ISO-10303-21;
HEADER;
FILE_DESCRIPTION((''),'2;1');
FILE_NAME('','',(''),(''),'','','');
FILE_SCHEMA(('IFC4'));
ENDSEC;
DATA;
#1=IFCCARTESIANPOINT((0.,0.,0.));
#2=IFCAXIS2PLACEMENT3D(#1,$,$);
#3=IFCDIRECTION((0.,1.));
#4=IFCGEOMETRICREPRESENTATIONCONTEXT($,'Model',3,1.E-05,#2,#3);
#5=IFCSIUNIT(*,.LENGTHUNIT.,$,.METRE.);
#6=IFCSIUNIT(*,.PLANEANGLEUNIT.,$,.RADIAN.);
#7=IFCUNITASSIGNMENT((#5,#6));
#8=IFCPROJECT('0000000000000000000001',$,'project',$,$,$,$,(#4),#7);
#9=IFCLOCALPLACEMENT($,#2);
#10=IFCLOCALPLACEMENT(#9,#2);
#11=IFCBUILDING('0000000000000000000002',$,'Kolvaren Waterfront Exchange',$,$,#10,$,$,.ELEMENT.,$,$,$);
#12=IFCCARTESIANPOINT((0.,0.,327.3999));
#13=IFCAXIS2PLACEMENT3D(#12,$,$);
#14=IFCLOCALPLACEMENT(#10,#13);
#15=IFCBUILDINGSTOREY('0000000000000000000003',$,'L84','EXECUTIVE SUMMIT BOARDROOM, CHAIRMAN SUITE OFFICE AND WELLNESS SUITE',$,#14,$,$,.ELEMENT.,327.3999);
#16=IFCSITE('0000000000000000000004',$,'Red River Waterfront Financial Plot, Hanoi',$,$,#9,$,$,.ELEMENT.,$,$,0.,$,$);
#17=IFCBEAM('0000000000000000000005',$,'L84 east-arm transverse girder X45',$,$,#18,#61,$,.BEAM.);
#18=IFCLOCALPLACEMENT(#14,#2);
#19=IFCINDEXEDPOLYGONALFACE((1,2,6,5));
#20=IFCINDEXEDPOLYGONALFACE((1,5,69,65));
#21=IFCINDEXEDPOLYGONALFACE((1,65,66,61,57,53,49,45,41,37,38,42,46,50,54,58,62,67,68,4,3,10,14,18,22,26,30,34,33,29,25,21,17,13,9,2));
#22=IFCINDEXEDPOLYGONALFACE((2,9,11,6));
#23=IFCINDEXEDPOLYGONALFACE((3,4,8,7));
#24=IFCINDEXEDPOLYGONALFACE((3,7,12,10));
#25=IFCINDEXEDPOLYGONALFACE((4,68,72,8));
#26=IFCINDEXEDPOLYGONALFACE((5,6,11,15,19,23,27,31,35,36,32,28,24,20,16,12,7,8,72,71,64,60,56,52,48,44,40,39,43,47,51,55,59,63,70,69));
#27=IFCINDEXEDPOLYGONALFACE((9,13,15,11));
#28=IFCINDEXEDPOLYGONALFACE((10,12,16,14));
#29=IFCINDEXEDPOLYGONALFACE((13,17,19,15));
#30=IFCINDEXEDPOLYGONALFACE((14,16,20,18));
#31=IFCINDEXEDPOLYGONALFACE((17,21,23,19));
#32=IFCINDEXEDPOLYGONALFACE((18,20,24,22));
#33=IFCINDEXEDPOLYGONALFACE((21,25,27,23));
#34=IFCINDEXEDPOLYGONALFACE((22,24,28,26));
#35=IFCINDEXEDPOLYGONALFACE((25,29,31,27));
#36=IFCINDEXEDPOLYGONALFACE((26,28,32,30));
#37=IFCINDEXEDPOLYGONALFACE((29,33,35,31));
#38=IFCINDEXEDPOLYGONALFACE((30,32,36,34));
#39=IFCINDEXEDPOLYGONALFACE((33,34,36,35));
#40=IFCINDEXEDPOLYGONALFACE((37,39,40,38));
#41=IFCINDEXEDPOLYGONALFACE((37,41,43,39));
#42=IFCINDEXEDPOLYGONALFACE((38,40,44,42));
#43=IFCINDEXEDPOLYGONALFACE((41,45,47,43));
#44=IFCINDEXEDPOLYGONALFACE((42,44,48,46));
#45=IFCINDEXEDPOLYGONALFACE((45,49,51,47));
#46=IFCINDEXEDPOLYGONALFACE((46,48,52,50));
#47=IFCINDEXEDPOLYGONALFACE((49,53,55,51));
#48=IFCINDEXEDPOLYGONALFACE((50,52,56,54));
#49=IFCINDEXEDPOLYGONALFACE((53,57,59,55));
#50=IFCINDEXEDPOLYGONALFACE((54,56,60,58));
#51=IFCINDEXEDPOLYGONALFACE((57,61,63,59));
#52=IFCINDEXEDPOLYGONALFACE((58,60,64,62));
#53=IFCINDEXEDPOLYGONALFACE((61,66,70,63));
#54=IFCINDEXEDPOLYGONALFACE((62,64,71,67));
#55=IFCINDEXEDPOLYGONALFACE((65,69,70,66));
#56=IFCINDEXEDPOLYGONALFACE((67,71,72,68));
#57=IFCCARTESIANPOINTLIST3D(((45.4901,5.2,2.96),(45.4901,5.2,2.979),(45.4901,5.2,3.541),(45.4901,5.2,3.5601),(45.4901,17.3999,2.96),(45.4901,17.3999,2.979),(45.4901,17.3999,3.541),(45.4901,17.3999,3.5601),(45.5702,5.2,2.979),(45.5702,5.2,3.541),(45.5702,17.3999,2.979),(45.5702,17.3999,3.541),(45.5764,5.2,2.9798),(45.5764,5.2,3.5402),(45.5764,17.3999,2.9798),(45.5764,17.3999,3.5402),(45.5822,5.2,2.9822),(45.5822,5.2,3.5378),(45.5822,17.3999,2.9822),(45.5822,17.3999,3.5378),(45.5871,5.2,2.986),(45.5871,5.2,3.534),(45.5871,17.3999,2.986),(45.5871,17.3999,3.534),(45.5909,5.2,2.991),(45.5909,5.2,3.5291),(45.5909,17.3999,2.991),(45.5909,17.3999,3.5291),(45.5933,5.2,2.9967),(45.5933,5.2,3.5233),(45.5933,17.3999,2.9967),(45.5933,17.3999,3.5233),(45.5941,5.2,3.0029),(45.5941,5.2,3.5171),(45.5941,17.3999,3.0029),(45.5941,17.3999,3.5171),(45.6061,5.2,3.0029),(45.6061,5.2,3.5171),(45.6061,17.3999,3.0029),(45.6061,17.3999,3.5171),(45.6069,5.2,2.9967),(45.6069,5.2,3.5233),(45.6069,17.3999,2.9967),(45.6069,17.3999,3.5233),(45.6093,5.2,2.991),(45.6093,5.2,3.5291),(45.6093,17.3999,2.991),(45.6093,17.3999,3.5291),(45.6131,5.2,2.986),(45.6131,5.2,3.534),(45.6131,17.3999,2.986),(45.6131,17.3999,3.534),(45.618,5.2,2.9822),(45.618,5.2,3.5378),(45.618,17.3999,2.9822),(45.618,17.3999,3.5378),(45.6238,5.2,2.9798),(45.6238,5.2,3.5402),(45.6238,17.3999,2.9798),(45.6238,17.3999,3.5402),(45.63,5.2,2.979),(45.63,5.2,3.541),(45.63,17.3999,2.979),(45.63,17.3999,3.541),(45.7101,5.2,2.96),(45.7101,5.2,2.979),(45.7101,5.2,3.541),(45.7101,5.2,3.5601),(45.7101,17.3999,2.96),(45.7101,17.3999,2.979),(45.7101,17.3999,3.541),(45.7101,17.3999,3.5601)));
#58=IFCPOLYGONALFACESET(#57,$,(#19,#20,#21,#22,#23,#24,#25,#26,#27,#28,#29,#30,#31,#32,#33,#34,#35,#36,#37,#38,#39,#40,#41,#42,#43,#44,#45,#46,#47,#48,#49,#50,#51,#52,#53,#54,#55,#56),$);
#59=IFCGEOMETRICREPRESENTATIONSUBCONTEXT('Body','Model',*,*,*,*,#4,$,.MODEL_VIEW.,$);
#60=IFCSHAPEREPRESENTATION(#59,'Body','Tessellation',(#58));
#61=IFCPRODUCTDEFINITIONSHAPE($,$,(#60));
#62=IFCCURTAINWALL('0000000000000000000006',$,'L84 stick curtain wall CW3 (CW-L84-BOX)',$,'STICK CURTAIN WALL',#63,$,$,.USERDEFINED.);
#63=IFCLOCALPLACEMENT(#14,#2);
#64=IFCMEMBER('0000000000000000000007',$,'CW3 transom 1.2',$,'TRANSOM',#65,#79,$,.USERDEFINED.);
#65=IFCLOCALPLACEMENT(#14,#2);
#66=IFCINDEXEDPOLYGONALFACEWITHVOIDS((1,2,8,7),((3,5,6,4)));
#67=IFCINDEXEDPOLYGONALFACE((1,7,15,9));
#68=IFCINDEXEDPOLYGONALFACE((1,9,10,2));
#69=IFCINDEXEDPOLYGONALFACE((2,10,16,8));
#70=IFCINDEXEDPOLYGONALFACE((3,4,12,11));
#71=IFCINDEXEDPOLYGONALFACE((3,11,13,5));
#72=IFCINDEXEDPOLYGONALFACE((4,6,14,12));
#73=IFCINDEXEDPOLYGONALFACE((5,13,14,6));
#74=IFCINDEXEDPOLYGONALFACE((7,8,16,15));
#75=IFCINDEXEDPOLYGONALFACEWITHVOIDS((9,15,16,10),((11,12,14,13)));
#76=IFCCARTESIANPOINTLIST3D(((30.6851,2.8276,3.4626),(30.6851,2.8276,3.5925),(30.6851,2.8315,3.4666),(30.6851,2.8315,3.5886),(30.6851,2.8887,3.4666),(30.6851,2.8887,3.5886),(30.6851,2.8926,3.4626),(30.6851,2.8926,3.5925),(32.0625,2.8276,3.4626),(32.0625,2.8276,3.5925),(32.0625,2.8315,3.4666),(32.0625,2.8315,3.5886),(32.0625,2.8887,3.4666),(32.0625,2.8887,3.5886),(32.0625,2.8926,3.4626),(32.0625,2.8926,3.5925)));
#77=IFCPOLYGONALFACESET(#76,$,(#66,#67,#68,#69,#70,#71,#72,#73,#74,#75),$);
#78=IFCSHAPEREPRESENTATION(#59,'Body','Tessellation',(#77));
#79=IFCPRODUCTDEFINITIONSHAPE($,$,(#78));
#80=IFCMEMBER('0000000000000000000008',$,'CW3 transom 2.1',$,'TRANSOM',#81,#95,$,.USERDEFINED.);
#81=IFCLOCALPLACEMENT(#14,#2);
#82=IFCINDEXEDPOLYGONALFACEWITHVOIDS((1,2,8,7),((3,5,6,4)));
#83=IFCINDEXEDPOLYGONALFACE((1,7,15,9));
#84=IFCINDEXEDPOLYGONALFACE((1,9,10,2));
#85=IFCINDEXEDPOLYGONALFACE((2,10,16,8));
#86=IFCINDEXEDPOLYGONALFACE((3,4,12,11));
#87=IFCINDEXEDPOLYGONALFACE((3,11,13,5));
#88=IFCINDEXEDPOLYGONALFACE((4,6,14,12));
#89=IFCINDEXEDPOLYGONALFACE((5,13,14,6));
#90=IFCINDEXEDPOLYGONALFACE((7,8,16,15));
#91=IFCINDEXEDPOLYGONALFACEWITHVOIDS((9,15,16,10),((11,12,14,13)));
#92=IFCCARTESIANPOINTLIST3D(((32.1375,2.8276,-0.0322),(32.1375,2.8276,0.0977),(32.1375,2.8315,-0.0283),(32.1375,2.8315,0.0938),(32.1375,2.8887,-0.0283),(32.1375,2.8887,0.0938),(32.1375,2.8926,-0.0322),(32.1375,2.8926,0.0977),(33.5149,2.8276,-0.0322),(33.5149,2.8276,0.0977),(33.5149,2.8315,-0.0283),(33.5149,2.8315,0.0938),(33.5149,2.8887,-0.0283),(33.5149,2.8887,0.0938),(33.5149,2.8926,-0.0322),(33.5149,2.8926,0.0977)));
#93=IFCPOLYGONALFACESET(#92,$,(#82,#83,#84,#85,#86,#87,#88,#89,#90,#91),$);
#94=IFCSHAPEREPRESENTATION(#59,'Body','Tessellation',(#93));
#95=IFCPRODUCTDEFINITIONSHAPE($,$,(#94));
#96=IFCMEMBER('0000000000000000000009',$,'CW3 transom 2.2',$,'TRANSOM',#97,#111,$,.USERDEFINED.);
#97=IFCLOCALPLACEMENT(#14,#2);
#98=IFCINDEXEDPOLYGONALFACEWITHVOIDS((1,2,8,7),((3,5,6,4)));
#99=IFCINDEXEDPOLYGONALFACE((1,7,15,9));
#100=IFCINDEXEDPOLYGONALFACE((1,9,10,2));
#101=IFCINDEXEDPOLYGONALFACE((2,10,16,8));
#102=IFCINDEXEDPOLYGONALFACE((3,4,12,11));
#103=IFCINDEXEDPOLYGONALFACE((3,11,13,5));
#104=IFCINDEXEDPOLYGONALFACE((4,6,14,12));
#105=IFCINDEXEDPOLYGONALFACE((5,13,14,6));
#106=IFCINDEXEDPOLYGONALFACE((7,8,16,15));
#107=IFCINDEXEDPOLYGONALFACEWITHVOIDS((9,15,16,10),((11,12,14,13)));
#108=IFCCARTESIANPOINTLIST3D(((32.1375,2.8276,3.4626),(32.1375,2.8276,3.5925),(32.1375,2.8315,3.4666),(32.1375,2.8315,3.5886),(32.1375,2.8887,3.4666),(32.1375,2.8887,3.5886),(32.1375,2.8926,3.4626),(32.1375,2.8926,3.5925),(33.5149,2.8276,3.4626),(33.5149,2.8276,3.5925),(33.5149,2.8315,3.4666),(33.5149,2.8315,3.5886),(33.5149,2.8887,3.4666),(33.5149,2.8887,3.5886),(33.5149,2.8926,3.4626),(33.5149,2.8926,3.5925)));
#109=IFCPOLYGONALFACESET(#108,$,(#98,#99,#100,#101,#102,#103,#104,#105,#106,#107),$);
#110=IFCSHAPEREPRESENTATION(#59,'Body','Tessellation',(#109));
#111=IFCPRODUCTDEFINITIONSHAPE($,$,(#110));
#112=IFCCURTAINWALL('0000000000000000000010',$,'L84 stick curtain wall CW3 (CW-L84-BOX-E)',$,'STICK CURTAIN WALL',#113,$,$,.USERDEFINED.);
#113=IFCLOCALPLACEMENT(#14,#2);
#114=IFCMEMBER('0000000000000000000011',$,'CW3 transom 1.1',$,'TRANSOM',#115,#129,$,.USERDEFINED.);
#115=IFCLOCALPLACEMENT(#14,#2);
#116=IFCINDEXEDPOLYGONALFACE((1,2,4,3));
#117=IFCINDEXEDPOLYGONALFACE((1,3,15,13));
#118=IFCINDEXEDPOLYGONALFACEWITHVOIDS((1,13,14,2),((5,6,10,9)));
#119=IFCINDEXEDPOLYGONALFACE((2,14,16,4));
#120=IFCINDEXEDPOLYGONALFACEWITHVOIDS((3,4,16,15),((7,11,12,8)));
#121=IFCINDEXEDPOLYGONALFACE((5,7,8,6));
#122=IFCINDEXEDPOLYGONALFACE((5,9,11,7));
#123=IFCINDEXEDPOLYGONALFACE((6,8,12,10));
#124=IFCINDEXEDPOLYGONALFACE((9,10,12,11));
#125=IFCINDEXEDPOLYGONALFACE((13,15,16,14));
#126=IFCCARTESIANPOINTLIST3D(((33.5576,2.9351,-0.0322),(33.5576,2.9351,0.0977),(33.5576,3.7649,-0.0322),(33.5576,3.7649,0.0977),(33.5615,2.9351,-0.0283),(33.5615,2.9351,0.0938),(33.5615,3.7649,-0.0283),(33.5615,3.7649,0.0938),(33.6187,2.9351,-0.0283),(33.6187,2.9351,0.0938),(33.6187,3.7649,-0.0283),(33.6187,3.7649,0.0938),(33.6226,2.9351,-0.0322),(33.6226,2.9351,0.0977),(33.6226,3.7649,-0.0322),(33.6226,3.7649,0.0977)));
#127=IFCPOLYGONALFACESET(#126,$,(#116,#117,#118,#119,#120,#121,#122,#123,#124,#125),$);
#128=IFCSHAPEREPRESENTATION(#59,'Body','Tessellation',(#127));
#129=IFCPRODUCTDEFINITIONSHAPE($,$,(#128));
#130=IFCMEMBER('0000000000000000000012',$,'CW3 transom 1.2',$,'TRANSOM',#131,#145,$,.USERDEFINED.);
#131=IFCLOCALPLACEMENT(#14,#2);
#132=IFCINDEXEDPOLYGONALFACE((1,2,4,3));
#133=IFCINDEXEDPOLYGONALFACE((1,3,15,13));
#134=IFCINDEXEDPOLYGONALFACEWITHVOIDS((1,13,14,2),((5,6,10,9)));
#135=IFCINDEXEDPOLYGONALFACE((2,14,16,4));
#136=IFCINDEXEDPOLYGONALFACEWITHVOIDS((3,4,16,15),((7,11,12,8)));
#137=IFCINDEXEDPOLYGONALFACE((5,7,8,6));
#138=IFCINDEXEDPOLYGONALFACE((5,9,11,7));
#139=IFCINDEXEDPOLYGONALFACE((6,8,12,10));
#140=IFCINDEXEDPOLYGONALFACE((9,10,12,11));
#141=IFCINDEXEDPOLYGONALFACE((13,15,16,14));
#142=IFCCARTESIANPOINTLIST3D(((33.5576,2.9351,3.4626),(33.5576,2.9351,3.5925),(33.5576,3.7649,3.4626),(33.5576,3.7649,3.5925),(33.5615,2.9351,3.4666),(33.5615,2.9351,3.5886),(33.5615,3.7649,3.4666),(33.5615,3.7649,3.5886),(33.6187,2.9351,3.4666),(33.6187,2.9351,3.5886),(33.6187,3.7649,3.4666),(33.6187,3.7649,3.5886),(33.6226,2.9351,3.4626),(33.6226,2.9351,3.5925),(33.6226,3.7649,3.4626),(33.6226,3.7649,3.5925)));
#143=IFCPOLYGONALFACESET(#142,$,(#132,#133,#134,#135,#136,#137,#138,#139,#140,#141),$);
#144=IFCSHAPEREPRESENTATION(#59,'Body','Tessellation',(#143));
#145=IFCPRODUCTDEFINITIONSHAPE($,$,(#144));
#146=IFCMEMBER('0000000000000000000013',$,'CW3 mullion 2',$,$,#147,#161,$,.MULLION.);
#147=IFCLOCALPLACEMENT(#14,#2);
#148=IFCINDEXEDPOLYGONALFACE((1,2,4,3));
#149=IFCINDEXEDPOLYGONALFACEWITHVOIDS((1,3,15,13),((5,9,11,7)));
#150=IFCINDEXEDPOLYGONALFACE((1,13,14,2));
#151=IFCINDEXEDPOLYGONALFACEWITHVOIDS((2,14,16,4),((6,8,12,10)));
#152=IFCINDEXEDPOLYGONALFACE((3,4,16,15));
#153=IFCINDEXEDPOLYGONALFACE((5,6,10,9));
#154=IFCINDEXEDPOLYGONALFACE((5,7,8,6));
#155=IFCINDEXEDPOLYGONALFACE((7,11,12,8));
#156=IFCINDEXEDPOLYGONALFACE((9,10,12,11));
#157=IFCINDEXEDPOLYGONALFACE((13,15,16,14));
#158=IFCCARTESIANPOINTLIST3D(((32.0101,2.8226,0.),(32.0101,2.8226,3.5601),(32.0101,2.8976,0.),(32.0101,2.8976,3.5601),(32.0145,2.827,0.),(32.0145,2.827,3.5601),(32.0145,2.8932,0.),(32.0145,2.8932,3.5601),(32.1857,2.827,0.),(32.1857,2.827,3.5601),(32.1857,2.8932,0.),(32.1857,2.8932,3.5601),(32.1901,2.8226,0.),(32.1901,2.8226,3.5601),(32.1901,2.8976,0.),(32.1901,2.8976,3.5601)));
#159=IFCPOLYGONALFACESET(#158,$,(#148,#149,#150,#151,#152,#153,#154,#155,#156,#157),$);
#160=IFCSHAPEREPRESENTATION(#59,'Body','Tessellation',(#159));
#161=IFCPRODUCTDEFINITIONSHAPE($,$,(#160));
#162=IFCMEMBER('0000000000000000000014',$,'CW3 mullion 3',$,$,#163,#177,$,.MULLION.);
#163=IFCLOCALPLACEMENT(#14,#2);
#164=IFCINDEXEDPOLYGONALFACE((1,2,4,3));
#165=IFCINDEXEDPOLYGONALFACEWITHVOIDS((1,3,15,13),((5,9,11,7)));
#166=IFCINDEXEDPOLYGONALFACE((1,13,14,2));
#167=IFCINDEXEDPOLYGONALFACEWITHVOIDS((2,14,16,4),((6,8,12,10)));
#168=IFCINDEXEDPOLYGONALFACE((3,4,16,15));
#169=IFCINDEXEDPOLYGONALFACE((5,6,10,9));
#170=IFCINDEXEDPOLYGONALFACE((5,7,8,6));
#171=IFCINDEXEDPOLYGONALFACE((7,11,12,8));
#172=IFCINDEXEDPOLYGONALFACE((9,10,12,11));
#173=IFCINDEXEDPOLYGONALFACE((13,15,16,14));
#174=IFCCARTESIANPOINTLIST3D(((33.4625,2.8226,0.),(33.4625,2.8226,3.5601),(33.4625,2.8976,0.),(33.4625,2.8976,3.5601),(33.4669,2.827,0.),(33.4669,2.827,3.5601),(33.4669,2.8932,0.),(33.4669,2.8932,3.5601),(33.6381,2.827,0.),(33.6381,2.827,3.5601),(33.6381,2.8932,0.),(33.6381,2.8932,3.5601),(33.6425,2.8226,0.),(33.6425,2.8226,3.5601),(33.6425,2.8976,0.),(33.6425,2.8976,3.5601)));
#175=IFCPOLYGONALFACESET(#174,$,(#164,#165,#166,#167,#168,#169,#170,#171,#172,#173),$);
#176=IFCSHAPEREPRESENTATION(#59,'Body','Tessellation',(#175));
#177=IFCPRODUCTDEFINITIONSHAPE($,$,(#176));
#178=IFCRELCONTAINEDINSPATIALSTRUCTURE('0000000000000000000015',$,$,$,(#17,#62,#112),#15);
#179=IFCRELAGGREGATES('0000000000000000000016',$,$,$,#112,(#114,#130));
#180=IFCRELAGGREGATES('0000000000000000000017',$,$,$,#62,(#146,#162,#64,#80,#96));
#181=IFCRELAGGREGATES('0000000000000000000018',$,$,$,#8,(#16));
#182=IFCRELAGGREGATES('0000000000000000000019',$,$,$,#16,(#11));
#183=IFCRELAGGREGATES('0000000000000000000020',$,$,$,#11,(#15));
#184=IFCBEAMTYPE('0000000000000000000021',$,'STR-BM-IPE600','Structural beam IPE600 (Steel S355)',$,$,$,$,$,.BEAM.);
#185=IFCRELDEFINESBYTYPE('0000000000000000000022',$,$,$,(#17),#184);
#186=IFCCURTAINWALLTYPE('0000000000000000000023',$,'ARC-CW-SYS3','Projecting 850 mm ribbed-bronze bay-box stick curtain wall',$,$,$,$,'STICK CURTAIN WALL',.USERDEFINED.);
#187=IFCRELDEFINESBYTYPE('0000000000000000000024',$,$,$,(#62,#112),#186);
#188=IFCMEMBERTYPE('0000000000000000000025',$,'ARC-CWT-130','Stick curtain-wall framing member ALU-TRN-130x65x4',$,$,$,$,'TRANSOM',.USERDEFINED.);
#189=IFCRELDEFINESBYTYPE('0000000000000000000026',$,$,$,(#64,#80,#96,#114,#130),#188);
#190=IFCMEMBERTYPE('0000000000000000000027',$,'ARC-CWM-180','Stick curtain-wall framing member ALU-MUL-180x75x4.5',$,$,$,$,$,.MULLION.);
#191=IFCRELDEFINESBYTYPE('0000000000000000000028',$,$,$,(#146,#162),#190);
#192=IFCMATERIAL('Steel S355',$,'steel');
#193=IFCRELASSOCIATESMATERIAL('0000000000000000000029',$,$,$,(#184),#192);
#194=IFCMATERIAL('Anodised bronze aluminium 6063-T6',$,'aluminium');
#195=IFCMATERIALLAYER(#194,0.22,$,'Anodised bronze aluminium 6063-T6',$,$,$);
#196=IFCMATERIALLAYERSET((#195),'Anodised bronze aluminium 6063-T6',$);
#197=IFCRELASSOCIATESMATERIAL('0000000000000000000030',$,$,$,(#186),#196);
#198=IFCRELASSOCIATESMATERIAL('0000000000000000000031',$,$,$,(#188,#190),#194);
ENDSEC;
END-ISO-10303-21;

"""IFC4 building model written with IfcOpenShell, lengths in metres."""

from ifc_helpers import new_model, si_unit, direction, frame, origin, origin_with_axes, origin_2d, place, context, subcontext, project, spatial, hollow_rectangle, i_section, extrude, source, transform, mapped, material, layer, layer_set, material_profile, profile_set, type_object, element, aggregate, save


model = new_model("IFC4")

# Units and contexts
model_context = context("Model", 3, precision=1e-05, world=origin(), true_north=direction((0.0, 1.0)))
body_context = subcontext(model_context, "Body", "Model", "MODEL_VIEW")
ifc_project = project(units=[si_unit("LENGTHUNIT", "METRE"), si_unit("PLANEANGLEUNIT", "RADIAN")], contexts=[model_context])

# Site, building, storey
site_placement = place(None, origin())
site = spatial("IfcSite", under=ifc_project, at=site_placement, Name="Red River Waterfront Financial Plot, Hanoi", CompositionType="ELEMENT", RefElevation=0.0)
building_placement = place(site_placement, origin())
building = spatial("IfcBuilding", under=site, at=building_placement, Name="Kolvaren Waterfront Exchange", CompositionType="ELEMENT")
storey_placement = place(building_placement, frame((0.0, 0.0, 327.3999)))
storey = spatial("IfcBuildingStorey", under=building, at=storey_placement, Name="L84", Description="EXECUTIVE SUMMIT BOARDROOM, CHAIRMAN SUITE OFFICE AND WELLNESS SUITE", CompositionType="ELEMENT", Elevation=327.3999)

# Beam
ifc_material_1 = material(Name="Steel S355", Category="steel")
ifc_material_profile_1 = material_profile(ifc_material_1, i_section(OverallWidth=0.22, OverallDepth=0.6001, WebThickness=0.012, FlangeThickness=0.019, FilletRadius=0.0239, at=origin_2d()), Name="IPE600")
ifc_profile_set_1 = profile_set([ifc_material_profile_1], Name="Steel S355")
beam_type_1 = type_object("IfcBeamType", Name="STR-BM-IPE600", Description="Structural beam IPE600 (Steel S355)", PredefinedType="BEAM", material=ifc_profile_set_1)
for number, where, z_axis, x_axis, name in (
    (1, (45.6001, 5.2, 3.26), (0.0, 1.0, 0.0), (-1.0, 0.0, 0.0), "L84 east-arm transverse girder X45"),
):
    element("IfcBeam", number, at=place(storey_placement, frame(where, z_axis=z_axis, x_axis=x_axis)), inside=storey, type_object=beam_type_1, Name=name, PredefinedType="BEAM", context=body_context, shape_type="SweptSolid", body=[
        extrude(i_section(OverallWidth=0.22, OverallDepth=0.6001, WebThickness=0.012, FlangeThickness=0.019, FilletRadius=0.0239, at=origin_2d()), origin(), (0.0, 0.0, 1.0), 12.2),
    ])

# Curtain walls, members
ifc_material_2 = material(Name="Anodised bronze aluminium 6063-T6", Category="aluminium")
ifc_layer_1 = layer(ifc_material_2, 0.22, Name="Anodised bronze aluminium 6063-T6")
ifc_layer_set_1 = layer_set([ifc_layer_1], Name="Anodised bronze aluminium 6063-T6")
curtain_wall_type_1 = type_object("IfcCurtainWallType", Name="ARC-CW-SYS3", Description="Projecting 850 mm ribbed-bronze bay-box stick curtain wall", ElementType="STICK CURTAIN WALL", PredefinedType="USERDEFINED", material=ifc_layer_set_1)
curtain_wall_1_placement = place(storey_placement, origin())
curtain_wall_1 = element("IfcCurtainWall", 2, at=curtain_wall_1_placement, inside=storey, type_object=curtain_wall_type_1, Name="L84 stick curtain wall CW3 (CW-L84-BOX)", ObjectType="STICK CURTAIN WALL", PredefinedType="USERDEFINED")
ifc_material_profile_2 = material_profile(ifc_material_2, hollow_rectangle(XDim=0.0649, YDim=0.1299, WallThickness=0.0039, at=origin_2d()), Name="ALU-TRN-130x65x4")
ifc_profile_set_2 = profile_set([ifc_material_profile_2], Name="Anodised bronze aluminium 6063-T6")
member_type_1 = type_object("IfcMemberType", Name="ARC-CWT-130", Description="Stick curtain-wall framing member ALU-TRN-130x65x4", ElementType="TRANSOM", PredefinedType="USERDEFINED", material=ifc_profile_set_2)
shared_shape_1 = source(origin_with_axes(), body_context, "Body", "SweptSolid", [
    extrude(hollow_rectangle(XDim=0.0649, YDim=0.1299, WallThickness=0.0039, at=origin_2d()), origin(), (0.0, 0.0, 1.0), 1.3774),
])
member_1_placement = place(storey_placement, frame((30.6851, 2.8601, 3.5276), z_axis=(1.0, 0.0, 0.0), x_axis=(0.0, 1.0, 0.0)))
member_1 = element("IfcMember", 3, at=member_1_placement, type_object=member_type_1, Name="CW3 transom 1.2", ObjectType="TRANSOM", PredefinedType="USERDEFINED", context=body_context, shape_type="MappedRepresentation", body=[
    mapped(shared_shape_1, transform((0.0, 0.0, 0.0), x_axis=(1.0, 0.0, 0.0), y_axis=(0.0, 1.0, 0.0), z_axis=(0.0, 0.0, 1.0), scale=1.0)),
])
member_2_placement = place(storey_placement, frame((32.1375, 2.8601, 0.0327), z_axis=(1.0, 0.0, 0.0), x_axis=(0.0, 1.0, 0.0)))
member_2 = element("IfcMember", 4, at=member_2_placement, type_object=member_type_1, Name="CW3 transom 2.1", ObjectType="TRANSOM", PredefinedType="USERDEFINED", context=body_context, shape_type="MappedRepresentation", body=[
    mapped(shared_shape_1, transform((0.0, 0.0, 0.0), x_axis=(1.0, 0.0, 0.0), y_axis=(0.0, 1.0, 0.0), z_axis=(0.0, 0.0, 1.0), scale=1.0)),
])
member_3_placement = place(storey_placement, frame((32.1375, 2.8601, 3.5276), z_axis=(1.0, 0.0, 0.0), x_axis=(0.0, 1.0, 0.0)))
member_3 = element("IfcMember", 5, at=member_3_placement, type_object=member_type_1, Name="CW3 transom 2.2", ObjectType="TRANSOM", PredefinedType="USERDEFINED", context=body_context, shape_type="MappedRepresentation", body=[
    mapped(shared_shape_1, transform((0.0, 0.0, 0.0), x_axis=(1.0, 0.0, 0.0), y_axis=(0.0, 1.0, 0.0), z_axis=(0.0, 0.0, 1.0), scale=1.0)),
])
curtain_wall_2_placement = place(storey_placement, origin())
curtain_wall_2 = element("IfcCurtainWall", 6, at=curtain_wall_2_placement, inside=storey, type_object=curtain_wall_type_1, Name="L84 stick curtain wall CW3 (CW-L84-BOX-E)", ObjectType="STICK CURTAIN WALL", PredefinedType="USERDEFINED")
shared_shape_2 = source(origin_with_axes(), body_context, "Body", "SweptSolid", [
    extrude(hollow_rectangle(XDim=0.0649, YDim=0.1299, WallThickness=0.0039, at=origin_2d()), origin(), (0.0, 0.0, 1.0), 0.8298),
])
member_4_placement = place(storey_placement, frame((33.5901, 2.9351, 0.0327), z_axis=(0.0, 1.0, 0.0), x_axis=(-1.0, 0.0, 0.0)))
member_4 = element("IfcMember", 7, at=member_4_placement, type_object=member_type_1, Name="CW3 transom 1.1", ObjectType="TRANSOM", PredefinedType="USERDEFINED", context=body_context, shape_type="MappedRepresentation", body=[
    mapped(shared_shape_2, transform((0.0, 0.0, 0.0), x_axis=(1.0, 0.0, 0.0), y_axis=(0.0, 1.0, 0.0), z_axis=(0.0, 0.0, 1.0), scale=1.0)),
])
member_5_placement = place(storey_placement, frame((33.5901, 2.9351, 3.5276), z_axis=(0.0, 1.0, 0.0), x_axis=(-1.0, 0.0, 0.0)))
member_5 = element("IfcMember", 8, at=member_5_placement, type_object=member_type_1, Name="CW3 transom 1.2", ObjectType="TRANSOM", PredefinedType="USERDEFINED", context=body_context, shape_type="MappedRepresentation", body=[
    mapped(shared_shape_2, transform((0.0, 0.0, 0.0), x_axis=(1.0, 0.0, 0.0), y_axis=(0.0, 1.0, 0.0), z_axis=(0.0, 0.0, 1.0), scale=1.0)),
])

# Members
ifc_material_profile_3 = material_profile(ifc_material_2, hollow_rectangle(XDim=0.075, YDim=0.1799, WallThickness=0.0044, at=origin_2d()), Name="ALU-MUL-180x75x4.5")
ifc_profile_set_3 = profile_set([ifc_material_profile_3], Name="Anodised bronze aluminium 6063-T6")
member_type_2 = type_object("IfcMemberType", Name="ARC-CWM-180", Description="Stick curtain-wall framing member ALU-MUL-180x75x4.5", PredefinedType="MULLION", material=ifc_profile_set_3)
shared_shape_3 = source(origin_with_axes(), body_context, "Body", "SweptSolid", [
    extrude(hollow_rectangle(XDim=0.075, YDim=0.1799, WallThickness=0.0044, at=origin_2d()), origin(), (0.0, 0.0, 1.0), 3.5601),
])
member_6_placement = place(storey_placement, frame((32.1001, 2.8601, 0.0), z_axis=(0.0, 0.0, 1.0), x_axis=(0.0, 1.0, 0.0)))
member_6 = element("IfcMember", 9, at=member_6_placement, type_object=member_type_2, Name="CW3 mullion 2", PredefinedType="MULLION", context=body_context, shape_type="MappedRepresentation", body=[
    mapped(shared_shape_3, transform((0.0, 0.0, 0.0), x_axis=(1.0, 0.0, 0.0), y_axis=(0.0, 1.0, 0.0), z_axis=(0.0, 0.0, 1.0), scale=1.0)),
])
member_7_placement = place(storey_placement, frame((33.5525, 2.8601, 0.0), z_axis=(0.0, 0.0, 1.0), x_axis=(0.0, 1.0, 0.0)))
member_7 = element("IfcMember", 10, at=member_7_placement, type_object=member_type_2, Name="CW3 mullion 3", PredefinedType="MULLION", context=body_context, shape_type="MappedRepresentation", body=[
    mapped(shared_shape_3, transform((0.0, 0.0, 0.0), x_axis=(1.0, 0.0, 0.0), y_axis=(0.0, 1.0, 0.0), z_axis=(0.0, 0.0, 1.0), scale=1.0)),
])

aggregate(curtain_wall_2, [member_4, member_5])
aggregate(curtain_wall_1, [member_6, member_7, member_1, member_2, member_3])

save(model, "model.ifc")
